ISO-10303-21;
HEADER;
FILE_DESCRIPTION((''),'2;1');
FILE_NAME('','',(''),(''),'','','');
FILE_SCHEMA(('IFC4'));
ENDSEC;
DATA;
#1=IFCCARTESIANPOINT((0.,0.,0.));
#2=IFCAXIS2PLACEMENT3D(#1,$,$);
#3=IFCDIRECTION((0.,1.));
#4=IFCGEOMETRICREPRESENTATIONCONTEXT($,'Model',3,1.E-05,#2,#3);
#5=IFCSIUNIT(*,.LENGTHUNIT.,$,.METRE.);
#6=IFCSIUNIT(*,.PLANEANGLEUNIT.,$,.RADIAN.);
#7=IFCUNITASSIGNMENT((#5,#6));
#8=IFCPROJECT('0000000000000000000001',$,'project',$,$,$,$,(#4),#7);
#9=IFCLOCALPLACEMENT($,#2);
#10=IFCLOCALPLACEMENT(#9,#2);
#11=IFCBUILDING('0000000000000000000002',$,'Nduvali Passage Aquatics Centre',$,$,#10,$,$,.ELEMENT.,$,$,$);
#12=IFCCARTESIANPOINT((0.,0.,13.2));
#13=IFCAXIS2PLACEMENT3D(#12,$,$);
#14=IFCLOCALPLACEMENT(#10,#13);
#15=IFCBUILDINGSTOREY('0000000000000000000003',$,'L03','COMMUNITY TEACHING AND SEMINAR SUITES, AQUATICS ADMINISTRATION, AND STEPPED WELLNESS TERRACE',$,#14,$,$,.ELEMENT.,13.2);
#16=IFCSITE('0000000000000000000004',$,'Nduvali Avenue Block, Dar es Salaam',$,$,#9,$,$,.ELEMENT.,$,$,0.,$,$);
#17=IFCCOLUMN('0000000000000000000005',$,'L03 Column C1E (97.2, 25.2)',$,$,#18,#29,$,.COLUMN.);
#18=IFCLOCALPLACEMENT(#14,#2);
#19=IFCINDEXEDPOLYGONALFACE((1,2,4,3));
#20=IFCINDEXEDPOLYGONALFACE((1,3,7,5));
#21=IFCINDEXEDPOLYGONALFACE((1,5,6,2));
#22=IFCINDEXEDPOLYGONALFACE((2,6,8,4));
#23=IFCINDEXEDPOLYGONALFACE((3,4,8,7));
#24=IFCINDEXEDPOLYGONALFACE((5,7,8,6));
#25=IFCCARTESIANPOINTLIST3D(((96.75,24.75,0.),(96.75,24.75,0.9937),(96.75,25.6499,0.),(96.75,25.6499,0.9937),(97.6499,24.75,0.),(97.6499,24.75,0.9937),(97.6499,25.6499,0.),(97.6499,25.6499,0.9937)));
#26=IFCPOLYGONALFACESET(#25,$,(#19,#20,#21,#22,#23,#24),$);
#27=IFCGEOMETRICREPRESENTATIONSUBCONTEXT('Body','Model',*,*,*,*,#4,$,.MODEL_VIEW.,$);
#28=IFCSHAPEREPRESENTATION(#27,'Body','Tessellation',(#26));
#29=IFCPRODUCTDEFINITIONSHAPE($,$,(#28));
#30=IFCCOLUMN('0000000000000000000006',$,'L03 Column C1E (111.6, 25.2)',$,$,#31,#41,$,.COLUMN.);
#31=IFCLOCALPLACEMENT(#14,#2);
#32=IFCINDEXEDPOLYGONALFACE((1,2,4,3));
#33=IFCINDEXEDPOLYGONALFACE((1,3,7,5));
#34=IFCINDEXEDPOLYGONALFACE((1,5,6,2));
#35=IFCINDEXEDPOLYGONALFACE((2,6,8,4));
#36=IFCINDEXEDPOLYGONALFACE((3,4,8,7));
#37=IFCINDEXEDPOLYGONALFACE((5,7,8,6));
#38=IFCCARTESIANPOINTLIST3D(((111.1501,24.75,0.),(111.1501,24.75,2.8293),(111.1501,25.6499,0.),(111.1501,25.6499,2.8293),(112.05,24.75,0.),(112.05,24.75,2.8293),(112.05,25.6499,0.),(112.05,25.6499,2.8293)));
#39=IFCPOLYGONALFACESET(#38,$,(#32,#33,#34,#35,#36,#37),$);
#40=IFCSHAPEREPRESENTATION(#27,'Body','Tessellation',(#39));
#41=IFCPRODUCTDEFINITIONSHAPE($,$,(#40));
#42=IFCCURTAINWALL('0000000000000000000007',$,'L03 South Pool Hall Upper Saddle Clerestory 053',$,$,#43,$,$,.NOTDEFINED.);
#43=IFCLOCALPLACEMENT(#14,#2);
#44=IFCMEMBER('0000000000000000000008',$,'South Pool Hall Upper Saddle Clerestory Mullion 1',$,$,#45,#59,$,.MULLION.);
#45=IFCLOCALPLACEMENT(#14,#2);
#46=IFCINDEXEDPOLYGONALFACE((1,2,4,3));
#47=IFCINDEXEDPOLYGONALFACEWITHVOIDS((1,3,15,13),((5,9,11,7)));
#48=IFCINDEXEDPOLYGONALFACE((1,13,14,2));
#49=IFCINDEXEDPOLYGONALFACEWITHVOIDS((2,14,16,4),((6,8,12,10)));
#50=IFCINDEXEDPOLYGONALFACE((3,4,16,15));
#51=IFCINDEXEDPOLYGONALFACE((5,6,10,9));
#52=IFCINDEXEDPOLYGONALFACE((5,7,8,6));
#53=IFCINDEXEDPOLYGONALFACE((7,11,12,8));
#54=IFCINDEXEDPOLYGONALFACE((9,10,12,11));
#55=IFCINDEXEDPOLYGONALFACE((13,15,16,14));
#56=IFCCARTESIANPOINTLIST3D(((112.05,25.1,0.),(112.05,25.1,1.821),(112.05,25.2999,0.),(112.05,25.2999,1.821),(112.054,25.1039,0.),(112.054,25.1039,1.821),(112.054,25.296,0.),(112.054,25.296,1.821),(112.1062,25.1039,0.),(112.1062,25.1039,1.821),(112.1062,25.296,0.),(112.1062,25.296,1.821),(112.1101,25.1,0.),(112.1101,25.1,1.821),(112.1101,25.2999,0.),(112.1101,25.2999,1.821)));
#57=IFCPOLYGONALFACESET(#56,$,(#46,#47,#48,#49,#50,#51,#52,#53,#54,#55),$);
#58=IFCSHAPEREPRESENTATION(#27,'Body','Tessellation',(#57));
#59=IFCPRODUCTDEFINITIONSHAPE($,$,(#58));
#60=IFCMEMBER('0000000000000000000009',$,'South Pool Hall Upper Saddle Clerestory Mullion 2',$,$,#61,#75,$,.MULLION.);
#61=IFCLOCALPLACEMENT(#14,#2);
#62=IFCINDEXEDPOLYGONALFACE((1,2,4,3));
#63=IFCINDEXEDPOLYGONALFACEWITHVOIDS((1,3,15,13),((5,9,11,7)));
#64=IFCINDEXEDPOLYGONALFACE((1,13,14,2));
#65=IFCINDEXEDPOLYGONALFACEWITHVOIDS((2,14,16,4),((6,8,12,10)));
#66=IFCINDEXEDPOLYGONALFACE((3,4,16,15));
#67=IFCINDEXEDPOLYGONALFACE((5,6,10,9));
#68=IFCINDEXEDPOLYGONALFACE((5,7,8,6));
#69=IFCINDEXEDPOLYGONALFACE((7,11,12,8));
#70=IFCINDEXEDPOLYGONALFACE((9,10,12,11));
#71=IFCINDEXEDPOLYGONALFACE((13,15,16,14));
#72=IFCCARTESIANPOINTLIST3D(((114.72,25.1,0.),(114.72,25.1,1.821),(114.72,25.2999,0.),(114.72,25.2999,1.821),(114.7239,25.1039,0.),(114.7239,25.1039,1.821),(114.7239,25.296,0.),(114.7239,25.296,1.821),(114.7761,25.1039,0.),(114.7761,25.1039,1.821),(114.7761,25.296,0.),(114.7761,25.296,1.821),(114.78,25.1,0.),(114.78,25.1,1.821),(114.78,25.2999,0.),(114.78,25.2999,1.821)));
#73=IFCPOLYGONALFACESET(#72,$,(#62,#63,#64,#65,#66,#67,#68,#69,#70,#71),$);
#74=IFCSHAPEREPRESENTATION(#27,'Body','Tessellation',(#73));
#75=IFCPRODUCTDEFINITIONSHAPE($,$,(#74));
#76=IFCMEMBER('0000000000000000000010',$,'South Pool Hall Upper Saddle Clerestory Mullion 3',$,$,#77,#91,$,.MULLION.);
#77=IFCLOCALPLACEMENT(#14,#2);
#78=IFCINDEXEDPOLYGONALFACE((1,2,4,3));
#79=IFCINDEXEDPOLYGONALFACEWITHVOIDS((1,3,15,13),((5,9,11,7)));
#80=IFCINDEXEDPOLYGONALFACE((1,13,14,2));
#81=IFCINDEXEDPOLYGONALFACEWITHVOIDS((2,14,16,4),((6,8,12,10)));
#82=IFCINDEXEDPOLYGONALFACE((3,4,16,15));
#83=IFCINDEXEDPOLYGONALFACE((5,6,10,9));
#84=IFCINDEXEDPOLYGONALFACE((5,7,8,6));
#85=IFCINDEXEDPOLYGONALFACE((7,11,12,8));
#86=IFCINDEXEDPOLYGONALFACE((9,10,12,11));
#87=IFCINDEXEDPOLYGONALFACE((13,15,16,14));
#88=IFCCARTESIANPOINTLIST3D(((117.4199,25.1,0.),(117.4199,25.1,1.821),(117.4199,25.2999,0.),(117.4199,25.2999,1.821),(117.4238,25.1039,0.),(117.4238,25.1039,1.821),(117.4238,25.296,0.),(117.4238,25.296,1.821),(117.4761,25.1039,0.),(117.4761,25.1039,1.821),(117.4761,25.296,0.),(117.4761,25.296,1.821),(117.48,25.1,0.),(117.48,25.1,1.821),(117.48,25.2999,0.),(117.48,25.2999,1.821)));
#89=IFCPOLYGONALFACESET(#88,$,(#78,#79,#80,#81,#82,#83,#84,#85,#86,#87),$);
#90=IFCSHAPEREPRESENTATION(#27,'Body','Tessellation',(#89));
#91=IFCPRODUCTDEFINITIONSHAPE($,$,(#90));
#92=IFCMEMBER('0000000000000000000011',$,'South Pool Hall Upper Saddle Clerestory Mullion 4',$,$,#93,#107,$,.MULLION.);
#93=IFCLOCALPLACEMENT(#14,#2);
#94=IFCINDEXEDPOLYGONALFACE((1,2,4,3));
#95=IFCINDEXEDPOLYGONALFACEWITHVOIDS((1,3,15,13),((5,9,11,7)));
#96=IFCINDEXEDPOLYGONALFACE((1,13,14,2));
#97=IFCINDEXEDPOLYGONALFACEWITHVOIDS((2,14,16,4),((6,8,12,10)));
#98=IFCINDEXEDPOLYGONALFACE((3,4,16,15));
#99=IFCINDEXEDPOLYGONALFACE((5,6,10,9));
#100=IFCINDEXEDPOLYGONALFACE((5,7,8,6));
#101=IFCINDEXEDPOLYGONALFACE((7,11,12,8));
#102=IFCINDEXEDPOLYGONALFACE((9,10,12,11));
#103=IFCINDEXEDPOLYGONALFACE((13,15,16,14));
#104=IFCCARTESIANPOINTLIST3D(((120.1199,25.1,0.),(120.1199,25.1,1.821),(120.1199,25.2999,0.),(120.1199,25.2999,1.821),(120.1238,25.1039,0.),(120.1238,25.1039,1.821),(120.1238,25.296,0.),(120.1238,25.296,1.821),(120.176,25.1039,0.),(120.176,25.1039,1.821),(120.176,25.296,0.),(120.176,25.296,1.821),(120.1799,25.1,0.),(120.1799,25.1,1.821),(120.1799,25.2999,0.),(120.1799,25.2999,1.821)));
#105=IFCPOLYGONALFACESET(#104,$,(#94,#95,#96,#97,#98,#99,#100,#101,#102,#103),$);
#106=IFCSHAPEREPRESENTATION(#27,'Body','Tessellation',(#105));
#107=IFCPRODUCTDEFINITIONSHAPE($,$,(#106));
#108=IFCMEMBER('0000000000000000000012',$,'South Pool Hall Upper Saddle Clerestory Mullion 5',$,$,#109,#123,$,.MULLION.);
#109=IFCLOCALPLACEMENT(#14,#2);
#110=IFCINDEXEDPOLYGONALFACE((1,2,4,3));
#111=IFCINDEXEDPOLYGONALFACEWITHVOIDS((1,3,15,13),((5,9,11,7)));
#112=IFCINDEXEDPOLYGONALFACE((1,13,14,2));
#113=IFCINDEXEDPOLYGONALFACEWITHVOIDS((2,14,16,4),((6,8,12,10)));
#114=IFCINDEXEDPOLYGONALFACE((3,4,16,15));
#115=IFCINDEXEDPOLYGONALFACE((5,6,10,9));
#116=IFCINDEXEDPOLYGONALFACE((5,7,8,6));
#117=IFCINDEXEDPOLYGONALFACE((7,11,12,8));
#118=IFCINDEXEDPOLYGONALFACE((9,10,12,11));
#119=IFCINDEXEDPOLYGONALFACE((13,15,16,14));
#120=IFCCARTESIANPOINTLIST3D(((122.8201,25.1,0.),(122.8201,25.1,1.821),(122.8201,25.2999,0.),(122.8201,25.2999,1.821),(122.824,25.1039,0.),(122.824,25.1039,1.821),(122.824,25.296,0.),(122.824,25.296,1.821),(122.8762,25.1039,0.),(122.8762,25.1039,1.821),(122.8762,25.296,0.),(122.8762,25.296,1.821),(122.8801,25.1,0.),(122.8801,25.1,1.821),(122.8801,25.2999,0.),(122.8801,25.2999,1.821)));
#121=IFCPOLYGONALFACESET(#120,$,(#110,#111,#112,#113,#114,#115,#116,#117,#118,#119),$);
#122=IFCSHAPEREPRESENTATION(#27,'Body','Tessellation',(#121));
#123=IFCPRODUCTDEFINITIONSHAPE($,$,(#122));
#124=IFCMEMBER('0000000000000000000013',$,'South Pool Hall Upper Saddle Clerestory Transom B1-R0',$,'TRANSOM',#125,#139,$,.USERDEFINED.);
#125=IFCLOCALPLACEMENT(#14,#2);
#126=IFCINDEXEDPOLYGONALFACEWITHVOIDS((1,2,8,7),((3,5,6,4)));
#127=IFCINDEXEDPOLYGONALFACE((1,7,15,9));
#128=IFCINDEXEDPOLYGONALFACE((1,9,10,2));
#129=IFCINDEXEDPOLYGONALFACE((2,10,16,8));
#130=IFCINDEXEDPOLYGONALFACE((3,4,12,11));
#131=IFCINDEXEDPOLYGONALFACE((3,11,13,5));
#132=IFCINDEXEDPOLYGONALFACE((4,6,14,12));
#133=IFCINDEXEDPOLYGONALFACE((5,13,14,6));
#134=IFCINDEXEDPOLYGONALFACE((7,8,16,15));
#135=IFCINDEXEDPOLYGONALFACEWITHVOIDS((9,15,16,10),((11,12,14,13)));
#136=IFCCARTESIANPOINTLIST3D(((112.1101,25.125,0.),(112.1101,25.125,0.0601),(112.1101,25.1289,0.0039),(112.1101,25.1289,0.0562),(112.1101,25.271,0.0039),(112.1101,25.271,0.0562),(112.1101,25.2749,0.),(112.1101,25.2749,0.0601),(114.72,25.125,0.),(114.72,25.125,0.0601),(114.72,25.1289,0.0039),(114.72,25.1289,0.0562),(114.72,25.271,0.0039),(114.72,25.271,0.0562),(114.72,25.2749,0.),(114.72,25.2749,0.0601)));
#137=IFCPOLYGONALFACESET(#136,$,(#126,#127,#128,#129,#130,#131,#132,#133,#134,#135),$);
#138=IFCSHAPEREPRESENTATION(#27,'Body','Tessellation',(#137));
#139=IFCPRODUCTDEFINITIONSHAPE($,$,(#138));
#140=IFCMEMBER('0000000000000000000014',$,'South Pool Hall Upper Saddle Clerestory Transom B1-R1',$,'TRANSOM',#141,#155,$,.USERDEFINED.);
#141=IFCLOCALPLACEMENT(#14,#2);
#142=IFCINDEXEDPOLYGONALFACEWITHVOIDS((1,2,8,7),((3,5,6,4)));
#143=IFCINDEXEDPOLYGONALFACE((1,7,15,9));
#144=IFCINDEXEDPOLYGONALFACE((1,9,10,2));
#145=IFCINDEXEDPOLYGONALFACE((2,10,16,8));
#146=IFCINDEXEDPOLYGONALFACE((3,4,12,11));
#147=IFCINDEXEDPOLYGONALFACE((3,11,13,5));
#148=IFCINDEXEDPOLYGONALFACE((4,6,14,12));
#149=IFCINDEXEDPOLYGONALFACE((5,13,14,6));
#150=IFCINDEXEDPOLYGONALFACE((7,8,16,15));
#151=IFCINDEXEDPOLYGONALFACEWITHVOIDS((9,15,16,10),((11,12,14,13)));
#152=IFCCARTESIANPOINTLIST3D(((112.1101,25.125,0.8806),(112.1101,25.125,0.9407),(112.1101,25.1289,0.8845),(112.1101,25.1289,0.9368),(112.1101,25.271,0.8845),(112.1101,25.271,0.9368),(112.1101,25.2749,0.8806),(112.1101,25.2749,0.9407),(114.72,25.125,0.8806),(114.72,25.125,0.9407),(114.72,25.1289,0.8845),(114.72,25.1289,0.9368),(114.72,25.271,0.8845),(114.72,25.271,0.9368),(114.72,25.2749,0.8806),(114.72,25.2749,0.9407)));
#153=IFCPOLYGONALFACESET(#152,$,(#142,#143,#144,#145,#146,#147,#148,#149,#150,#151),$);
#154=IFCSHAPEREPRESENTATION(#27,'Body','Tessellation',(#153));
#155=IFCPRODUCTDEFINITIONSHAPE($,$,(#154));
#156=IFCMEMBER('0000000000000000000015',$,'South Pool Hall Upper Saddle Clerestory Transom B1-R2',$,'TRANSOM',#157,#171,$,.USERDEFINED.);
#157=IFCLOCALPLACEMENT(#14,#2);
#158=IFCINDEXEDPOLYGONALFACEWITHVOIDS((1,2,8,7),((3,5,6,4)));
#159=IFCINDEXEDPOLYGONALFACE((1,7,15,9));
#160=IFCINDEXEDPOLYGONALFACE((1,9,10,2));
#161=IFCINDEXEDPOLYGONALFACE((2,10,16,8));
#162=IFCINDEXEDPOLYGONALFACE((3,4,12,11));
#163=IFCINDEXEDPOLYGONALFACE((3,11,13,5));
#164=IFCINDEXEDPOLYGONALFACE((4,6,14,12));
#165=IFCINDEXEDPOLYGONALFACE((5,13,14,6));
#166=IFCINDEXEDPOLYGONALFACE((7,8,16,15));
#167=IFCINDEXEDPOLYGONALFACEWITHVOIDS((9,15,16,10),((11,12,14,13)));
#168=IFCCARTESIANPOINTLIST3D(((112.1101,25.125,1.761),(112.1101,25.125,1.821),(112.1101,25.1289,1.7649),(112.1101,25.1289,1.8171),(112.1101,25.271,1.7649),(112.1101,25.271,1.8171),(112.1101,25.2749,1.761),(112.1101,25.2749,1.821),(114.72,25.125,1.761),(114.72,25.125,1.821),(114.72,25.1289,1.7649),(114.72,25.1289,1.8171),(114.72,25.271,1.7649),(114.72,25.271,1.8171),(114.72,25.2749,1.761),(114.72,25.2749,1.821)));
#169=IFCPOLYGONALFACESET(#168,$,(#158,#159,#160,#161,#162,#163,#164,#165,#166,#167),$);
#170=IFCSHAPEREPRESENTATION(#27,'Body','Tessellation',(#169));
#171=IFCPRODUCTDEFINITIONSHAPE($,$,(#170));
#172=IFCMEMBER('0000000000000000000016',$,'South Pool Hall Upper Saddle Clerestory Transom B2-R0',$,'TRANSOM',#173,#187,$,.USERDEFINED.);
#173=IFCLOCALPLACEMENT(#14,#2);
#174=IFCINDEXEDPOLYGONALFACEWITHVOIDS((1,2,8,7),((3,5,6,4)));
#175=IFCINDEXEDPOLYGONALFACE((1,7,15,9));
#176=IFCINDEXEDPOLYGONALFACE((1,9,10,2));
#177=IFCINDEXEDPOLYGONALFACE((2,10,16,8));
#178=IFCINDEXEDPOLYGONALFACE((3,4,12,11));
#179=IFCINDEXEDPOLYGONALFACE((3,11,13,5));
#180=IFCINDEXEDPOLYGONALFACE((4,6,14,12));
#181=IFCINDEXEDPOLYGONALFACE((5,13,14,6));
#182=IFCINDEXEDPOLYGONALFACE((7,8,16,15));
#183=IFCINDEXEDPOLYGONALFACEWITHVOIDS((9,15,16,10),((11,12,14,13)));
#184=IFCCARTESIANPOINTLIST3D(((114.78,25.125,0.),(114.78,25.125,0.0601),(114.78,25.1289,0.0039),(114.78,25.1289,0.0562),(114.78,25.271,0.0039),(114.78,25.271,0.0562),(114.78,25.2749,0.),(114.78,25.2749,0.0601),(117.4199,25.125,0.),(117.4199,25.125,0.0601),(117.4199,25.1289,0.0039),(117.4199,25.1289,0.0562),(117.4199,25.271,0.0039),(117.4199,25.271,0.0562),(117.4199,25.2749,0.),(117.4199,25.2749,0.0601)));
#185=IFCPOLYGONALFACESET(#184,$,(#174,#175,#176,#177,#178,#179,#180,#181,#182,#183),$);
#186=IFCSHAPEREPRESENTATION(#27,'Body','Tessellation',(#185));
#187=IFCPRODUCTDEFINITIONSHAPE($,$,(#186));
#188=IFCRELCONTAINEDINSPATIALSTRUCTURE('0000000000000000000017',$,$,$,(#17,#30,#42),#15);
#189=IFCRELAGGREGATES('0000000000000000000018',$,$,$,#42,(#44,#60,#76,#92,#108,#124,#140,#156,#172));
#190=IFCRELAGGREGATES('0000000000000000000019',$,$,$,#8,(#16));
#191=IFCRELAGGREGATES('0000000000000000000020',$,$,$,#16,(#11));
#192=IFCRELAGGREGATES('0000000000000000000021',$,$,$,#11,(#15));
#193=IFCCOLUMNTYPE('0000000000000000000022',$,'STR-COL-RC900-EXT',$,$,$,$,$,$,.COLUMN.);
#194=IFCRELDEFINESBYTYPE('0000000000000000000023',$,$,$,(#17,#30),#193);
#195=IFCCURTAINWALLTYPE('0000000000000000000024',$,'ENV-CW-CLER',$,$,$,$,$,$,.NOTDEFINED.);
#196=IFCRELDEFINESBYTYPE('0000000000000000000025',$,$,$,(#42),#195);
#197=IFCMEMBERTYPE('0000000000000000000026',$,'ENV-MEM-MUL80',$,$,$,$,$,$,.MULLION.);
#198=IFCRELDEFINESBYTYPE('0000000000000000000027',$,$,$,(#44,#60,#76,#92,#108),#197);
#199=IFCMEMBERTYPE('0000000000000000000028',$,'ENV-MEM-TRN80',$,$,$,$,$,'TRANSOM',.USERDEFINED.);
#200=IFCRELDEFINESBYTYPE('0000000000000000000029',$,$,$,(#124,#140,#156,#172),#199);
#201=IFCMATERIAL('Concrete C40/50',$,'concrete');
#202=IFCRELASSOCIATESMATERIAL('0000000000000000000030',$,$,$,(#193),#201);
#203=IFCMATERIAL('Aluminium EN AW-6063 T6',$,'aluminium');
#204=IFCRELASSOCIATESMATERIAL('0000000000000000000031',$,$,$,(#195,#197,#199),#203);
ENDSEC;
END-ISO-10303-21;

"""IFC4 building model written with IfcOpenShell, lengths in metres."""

from ifc_helpers import new_model, si_unit, direction, frame, origin, origin_2d, place, context, subcontext, project, spatial, rectangle, hollow_rectangle, extrude, material, material_profile, profile_set, type_object, element, aggregate, save


model = new_model("IFC4")

# Units and contexts
model_context = context("Model", 3, precision=1e-05, world=origin(), true_north=direction((0.0, 1.0)))
body_context = subcontext(model_context, "Body", "Model", "MODEL_VIEW")
ifc_project = project(units=[si_unit("LENGTHUNIT", "METRE"), si_unit("PLANEANGLEUNIT", "RADIAN")], contexts=[model_context])

# Site, building, storey
site_placement = place(None, origin())
site = spatial("IfcSite", under=ifc_project, at=site_placement, Name="Nduvali Avenue Block, Dar es Salaam", CompositionType="ELEMENT", RefElevation=0.0)
building_placement = place(site_placement, origin())
building = spatial("IfcBuilding", under=site, at=building_placement, Name="Nduvali Passage Aquatics Centre", CompositionType="ELEMENT")
storey_placement = place(building_placement, frame((0.0, 0.0, 13.2)))
storey = spatial("IfcBuildingStorey", under=building, at=storey_placement, Name="L03", Description="COMMUNITY TEACHING AND SEMINAR SUITES, AQUATICS ADMINISTRATION, AND STEPPED WELLNESS TERRACE", CompositionType="ELEMENT", Elevation=13.2)

# Columns
ifc_material_1 = material(Name="Concrete C40/50", Category="concrete")
ifc_material_profile_1 = material_profile(ifc_material_1, rectangle(XDim=0.8999, YDim=0.8999, at=origin_2d()), Name="RC 900x900")
ifc_profile_set_1 = profile_set([ifc_material_profile_1], Name="Concrete C40/50")
column_type = type_object("IfcColumnType", Name="STR-COL-RC900-EXT", PredefinedType="COLUMN", material=ifc_profile_set_1)
column_1_placement = place(storey_placement, frame((97.2, 25.2, 0.0), z_axis=(0.0, 0.0, 1.0), x_axis=(1.0, 0.0, 0.0)))
element("IfcColumn", 1, at=column_1_placement, inside=storey, type_object=column_type, Name="L03 Column C1E (97.2, 25.2)", PredefinedType="COLUMN", context=body_context, shape_type="SweptSolid", body=[
    extrude(rectangle(XDim=0.8999, YDim=0.8999, at=origin_2d()), origin(), (0.0, 0.0, 1.0), 0.9937),
])
column_2_placement = place(storey_placement, frame((111.6001, 25.2, 0.0), z_axis=(0.0, 0.0, 1.0), x_axis=(1.0, 0.0, 0.0)))
element("IfcColumn", 2, at=column_2_placement, inside=storey, type_object=column_type, Name="L03 Column C1E (111.6, 25.2)", PredefinedType="COLUMN", context=body_context, shape_type="SweptSolid", body=[
    extrude(rectangle(XDim=0.8999, YDim=0.8999, at=origin_2d()), origin(), (0.0, 0.0, 1.0), 2.8293),
])

# Curtain wall, members
ifc_material_2 = material(Name="Aluminium EN AW-6063 T6", Category="aluminium")
curtain_wall_type = type_object("IfcCurtainWallType", Name="ENV-CW-CLER", PredefinedType="NOTDEFINED", material=ifc_material_2)
curtain_wall_placement = place(storey_placement, origin())
curtain_wall = element("IfcCurtainWall", 3, at=curtain_wall_placement, inside=storey, type_object=curtain_wall_type, Name="L03 South Pool Hall Upper Saddle Clerestory 053", PredefinedType="NOTDEFINED")
ifc_material_profile_2 = material_profile(ifc_material_2, hollow_rectangle(XDim=0.0601, YDim=0.2, WallThickness=0.0039, at=origin_2d()), Name="ALU MULLION 60x200x4")
ifc_profile_set_2 = profile_set([ifc_material_profile_2], Name="Aluminium EN AW-6063 T6")
member_type_1 = type_object("IfcMemberType", Name="ENV-MEM-MUL80", PredefinedType="MULLION", material=ifc_profile_set_2)
member_1_placement = place(storey_placement, frame((112.0801, 25.2, 0.0), z_axis=(0.0, 0.0, 1.0), x_axis=(1.0, 0.0, 0.0)))
member_1 = element("IfcMember", 4, at=member_1_placement, type_object=member_type_1, Name="South Pool Hall Upper Saddle Clerestory Mullion 1", PredefinedType="MULLION", context=body_context, shape_type="SweptSolid", body=[
    extrude(hollow_rectangle(XDim=0.0601, YDim=0.2, WallThickness=0.0039, at=origin_2d()), origin(), (0.0, 0.0, 1.0), 1.821),
])
member_2_placement = place(storey_placement, frame((114.75, 25.2, 0.0), z_axis=(0.0, 0.0, 1.0), x_axis=(1.0, 0.0, 0.0)))
member_2 = element("IfcMember", 5, at=member_2_placement, type_object=member_type_1, Name="South Pool Hall Upper Saddle Clerestory Mullion 2", PredefinedType="MULLION", context=body_context, shape_type="SweptSolid", body=[
    extrude(hollow_rectangle(XDim=0.0601, YDim=0.2, WallThickness=0.0039, at=origin_2d()), origin(), (0.0, 0.0, 1.0), 1.821),
])
member_3_placement = place(storey_placement, frame((117.45, 25.2, 0.0), z_axis=(0.0, 0.0, 1.0), x_axis=(1.0, 0.0, 0.0)))
member_3 = element("IfcMember", 6, at=member_3_placement, type_object=member_type_1, Name="South Pool Hall Upper Saddle Clerestory Mullion 3", PredefinedType="MULLION", context=body_context, shape_type="SweptSolid", body=[
    extrude(hollow_rectangle(XDim=0.0601, YDim=0.2, WallThickness=0.0039, at=origin_2d()), origin(), (0.0, 0.0, 1.0), 1.821),
])
member_4_placement = place(storey_placement, frame((120.1499, 25.2, 0.0), z_axis=(0.0, 0.0, 1.0), x_axis=(1.0, 0.0, 0.0)))
member_4 = element("IfcMember", 7, at=member_4_placement, type_object=member_type_1, Name="South Pool Hall Upper Saddle Clerestory Mullion 4", PredefinedType="MULLION", context=body_context, shape_type="SweptSolid", body=[
    extrude(hollow_rectangle(XDim=0.0601, YDim=0.2, WallThickness=0.0039, at=origin_2d()), origin(), (0.0, 0.0, 1.0), 1.821),
])
member_5_placement = place(storey_placement, frame((122.8501, 25.2, 0.0), z_axis=(0.0, 0.0, 1.0), x_axis=(1.0, 0.0, 0.0)))
member_5 = element("IfcMember", 8, at=member_5_placement, type_object=member_type_1, Name="South Pool Hall Upper Saddle Clerestory Mullion 5", PredefinedType="MULLION", context=body_context, shape_type="SweptSolid", body=[
    extrude(hollow_rectangle(XDim=0.0601, YDim=0.2, WallThickness=0.0039, at=origin_2d()), origin(), (0.0, 0.0, 1.0), 1.821),
])
ifc_material_profile_3 = material_profile(ifc_material_2, hollow_rectangle(XDim=0.1499, YDim=0.0601, WallThickness=0.0039, at=origin_2d()), Name="ALU TRANSOM 150x60x4")
ifc_profile_set_3 = profile_set([ifc_material_profile_3], Name="Aluminium EN AW-6063 T6")
member_type_2 = type_object("IfcMemberType", Name="ENV-MEM-TRN80", ElementType="TRANSOM", PredefinedType="USERDEFINED", material=ifc_profile_set_3)
member_6_placement = place(storey_placement, frame((112.1101, 25.2, 0.03), z_axis=(1.0, 0.0, 0.0), x_axis=(0.0, 1.0, 0.0)))
member_6 = element("IfcMember", 9, at=member_6_placement, type_object=member_type_2, Name="South Pool Hall Upper Saddle Clerestory Transom B1-R0", ObjectType="TRANSOM", PredefinedType="USERDEFINED", context=body_context, shape_type="SweptSolid", body=[
    extrude(hollow_rectangle(XDim=0.1499, YDim=0.0601, WallThickness=0.0039, at=origin_2d()), origin(), (0.0, 0.0, 1.0), 2.6099),
])
member_7_placement = place(storey_placement, frame((112.1101, 25.2, 0.9106), z_axis=(1.0, 0.0, 0.0), x_axis=(0.0, 1.0, 0.0)))
member_7 = element("IfcMember", 10, at=member_7_placement, type_object=member_type_2, Name="South Pool Hall Upper Saddle Clerestory Transom B1-R1", ObjectType="TRANSOM", PredefinedType="USERDEFINED", context=body_context, shape_type="SweptSolid", body=[
    extrude(hollow_rectangle(XDim=0.1499, YDim=0.0601, WallThickness=0.0039, at=origin_2d()), origin(), (0.0, 0.0, 1.0), 2.6099),
])
member_8_placement = place(storey_placement, frame((112.1101, 25.2, 1.791), z_axis=(1.0, 0.0, 0.0), x_axis=(0.0, 1.0, 0.0)))
member_8 = element("IfcMember", 11, at=member_8_placement, type_object=member_type_2, Name="South Pool Hall Upper Saddle Clerestory Transom B1-R2", ObjectType="TRANSOM", PredefinedType="USERDEFINED", context=body_context, shape_type="SweptSolid", body=[
    extrude(hollow_rectangle(XDim=0.1499, YDim=0.0601, WallThickness=0.0039, at=origin_2d()), origin(), (0.0, 0.0, 1.0), 2.6099),
])
member_9_placement = place(storey_placement, frame((114.78, 25.2, 0.03), z_axis=(1.0, 0.0, 0.0), x_axis=(0.0, 1.0, 0.0)))
member_9 = element("IfcMember", 12, at=member_9_placement, type_object=member_type_2, Name="South Pool Hall Upper Saddle Clerestory Transom B2-R0", ObjectType="TRANSOM", PredefinedType="USERDEFINED", context=body_context, shape_type="SweptSolid", body=[
    extrude(hollow_rectangle(XDim=0.1499, YDim=0.0601, WallThickness=0.0039, at=origin_2d()), origin(), (0.0, 0.0, 1.0), 2.6399),
])

aggregate(curtain_wall, [member_1, member_2, member_3, member_4, member_5, member_6, member_7, member_8, member_9])

save(model, "model.ifc")
